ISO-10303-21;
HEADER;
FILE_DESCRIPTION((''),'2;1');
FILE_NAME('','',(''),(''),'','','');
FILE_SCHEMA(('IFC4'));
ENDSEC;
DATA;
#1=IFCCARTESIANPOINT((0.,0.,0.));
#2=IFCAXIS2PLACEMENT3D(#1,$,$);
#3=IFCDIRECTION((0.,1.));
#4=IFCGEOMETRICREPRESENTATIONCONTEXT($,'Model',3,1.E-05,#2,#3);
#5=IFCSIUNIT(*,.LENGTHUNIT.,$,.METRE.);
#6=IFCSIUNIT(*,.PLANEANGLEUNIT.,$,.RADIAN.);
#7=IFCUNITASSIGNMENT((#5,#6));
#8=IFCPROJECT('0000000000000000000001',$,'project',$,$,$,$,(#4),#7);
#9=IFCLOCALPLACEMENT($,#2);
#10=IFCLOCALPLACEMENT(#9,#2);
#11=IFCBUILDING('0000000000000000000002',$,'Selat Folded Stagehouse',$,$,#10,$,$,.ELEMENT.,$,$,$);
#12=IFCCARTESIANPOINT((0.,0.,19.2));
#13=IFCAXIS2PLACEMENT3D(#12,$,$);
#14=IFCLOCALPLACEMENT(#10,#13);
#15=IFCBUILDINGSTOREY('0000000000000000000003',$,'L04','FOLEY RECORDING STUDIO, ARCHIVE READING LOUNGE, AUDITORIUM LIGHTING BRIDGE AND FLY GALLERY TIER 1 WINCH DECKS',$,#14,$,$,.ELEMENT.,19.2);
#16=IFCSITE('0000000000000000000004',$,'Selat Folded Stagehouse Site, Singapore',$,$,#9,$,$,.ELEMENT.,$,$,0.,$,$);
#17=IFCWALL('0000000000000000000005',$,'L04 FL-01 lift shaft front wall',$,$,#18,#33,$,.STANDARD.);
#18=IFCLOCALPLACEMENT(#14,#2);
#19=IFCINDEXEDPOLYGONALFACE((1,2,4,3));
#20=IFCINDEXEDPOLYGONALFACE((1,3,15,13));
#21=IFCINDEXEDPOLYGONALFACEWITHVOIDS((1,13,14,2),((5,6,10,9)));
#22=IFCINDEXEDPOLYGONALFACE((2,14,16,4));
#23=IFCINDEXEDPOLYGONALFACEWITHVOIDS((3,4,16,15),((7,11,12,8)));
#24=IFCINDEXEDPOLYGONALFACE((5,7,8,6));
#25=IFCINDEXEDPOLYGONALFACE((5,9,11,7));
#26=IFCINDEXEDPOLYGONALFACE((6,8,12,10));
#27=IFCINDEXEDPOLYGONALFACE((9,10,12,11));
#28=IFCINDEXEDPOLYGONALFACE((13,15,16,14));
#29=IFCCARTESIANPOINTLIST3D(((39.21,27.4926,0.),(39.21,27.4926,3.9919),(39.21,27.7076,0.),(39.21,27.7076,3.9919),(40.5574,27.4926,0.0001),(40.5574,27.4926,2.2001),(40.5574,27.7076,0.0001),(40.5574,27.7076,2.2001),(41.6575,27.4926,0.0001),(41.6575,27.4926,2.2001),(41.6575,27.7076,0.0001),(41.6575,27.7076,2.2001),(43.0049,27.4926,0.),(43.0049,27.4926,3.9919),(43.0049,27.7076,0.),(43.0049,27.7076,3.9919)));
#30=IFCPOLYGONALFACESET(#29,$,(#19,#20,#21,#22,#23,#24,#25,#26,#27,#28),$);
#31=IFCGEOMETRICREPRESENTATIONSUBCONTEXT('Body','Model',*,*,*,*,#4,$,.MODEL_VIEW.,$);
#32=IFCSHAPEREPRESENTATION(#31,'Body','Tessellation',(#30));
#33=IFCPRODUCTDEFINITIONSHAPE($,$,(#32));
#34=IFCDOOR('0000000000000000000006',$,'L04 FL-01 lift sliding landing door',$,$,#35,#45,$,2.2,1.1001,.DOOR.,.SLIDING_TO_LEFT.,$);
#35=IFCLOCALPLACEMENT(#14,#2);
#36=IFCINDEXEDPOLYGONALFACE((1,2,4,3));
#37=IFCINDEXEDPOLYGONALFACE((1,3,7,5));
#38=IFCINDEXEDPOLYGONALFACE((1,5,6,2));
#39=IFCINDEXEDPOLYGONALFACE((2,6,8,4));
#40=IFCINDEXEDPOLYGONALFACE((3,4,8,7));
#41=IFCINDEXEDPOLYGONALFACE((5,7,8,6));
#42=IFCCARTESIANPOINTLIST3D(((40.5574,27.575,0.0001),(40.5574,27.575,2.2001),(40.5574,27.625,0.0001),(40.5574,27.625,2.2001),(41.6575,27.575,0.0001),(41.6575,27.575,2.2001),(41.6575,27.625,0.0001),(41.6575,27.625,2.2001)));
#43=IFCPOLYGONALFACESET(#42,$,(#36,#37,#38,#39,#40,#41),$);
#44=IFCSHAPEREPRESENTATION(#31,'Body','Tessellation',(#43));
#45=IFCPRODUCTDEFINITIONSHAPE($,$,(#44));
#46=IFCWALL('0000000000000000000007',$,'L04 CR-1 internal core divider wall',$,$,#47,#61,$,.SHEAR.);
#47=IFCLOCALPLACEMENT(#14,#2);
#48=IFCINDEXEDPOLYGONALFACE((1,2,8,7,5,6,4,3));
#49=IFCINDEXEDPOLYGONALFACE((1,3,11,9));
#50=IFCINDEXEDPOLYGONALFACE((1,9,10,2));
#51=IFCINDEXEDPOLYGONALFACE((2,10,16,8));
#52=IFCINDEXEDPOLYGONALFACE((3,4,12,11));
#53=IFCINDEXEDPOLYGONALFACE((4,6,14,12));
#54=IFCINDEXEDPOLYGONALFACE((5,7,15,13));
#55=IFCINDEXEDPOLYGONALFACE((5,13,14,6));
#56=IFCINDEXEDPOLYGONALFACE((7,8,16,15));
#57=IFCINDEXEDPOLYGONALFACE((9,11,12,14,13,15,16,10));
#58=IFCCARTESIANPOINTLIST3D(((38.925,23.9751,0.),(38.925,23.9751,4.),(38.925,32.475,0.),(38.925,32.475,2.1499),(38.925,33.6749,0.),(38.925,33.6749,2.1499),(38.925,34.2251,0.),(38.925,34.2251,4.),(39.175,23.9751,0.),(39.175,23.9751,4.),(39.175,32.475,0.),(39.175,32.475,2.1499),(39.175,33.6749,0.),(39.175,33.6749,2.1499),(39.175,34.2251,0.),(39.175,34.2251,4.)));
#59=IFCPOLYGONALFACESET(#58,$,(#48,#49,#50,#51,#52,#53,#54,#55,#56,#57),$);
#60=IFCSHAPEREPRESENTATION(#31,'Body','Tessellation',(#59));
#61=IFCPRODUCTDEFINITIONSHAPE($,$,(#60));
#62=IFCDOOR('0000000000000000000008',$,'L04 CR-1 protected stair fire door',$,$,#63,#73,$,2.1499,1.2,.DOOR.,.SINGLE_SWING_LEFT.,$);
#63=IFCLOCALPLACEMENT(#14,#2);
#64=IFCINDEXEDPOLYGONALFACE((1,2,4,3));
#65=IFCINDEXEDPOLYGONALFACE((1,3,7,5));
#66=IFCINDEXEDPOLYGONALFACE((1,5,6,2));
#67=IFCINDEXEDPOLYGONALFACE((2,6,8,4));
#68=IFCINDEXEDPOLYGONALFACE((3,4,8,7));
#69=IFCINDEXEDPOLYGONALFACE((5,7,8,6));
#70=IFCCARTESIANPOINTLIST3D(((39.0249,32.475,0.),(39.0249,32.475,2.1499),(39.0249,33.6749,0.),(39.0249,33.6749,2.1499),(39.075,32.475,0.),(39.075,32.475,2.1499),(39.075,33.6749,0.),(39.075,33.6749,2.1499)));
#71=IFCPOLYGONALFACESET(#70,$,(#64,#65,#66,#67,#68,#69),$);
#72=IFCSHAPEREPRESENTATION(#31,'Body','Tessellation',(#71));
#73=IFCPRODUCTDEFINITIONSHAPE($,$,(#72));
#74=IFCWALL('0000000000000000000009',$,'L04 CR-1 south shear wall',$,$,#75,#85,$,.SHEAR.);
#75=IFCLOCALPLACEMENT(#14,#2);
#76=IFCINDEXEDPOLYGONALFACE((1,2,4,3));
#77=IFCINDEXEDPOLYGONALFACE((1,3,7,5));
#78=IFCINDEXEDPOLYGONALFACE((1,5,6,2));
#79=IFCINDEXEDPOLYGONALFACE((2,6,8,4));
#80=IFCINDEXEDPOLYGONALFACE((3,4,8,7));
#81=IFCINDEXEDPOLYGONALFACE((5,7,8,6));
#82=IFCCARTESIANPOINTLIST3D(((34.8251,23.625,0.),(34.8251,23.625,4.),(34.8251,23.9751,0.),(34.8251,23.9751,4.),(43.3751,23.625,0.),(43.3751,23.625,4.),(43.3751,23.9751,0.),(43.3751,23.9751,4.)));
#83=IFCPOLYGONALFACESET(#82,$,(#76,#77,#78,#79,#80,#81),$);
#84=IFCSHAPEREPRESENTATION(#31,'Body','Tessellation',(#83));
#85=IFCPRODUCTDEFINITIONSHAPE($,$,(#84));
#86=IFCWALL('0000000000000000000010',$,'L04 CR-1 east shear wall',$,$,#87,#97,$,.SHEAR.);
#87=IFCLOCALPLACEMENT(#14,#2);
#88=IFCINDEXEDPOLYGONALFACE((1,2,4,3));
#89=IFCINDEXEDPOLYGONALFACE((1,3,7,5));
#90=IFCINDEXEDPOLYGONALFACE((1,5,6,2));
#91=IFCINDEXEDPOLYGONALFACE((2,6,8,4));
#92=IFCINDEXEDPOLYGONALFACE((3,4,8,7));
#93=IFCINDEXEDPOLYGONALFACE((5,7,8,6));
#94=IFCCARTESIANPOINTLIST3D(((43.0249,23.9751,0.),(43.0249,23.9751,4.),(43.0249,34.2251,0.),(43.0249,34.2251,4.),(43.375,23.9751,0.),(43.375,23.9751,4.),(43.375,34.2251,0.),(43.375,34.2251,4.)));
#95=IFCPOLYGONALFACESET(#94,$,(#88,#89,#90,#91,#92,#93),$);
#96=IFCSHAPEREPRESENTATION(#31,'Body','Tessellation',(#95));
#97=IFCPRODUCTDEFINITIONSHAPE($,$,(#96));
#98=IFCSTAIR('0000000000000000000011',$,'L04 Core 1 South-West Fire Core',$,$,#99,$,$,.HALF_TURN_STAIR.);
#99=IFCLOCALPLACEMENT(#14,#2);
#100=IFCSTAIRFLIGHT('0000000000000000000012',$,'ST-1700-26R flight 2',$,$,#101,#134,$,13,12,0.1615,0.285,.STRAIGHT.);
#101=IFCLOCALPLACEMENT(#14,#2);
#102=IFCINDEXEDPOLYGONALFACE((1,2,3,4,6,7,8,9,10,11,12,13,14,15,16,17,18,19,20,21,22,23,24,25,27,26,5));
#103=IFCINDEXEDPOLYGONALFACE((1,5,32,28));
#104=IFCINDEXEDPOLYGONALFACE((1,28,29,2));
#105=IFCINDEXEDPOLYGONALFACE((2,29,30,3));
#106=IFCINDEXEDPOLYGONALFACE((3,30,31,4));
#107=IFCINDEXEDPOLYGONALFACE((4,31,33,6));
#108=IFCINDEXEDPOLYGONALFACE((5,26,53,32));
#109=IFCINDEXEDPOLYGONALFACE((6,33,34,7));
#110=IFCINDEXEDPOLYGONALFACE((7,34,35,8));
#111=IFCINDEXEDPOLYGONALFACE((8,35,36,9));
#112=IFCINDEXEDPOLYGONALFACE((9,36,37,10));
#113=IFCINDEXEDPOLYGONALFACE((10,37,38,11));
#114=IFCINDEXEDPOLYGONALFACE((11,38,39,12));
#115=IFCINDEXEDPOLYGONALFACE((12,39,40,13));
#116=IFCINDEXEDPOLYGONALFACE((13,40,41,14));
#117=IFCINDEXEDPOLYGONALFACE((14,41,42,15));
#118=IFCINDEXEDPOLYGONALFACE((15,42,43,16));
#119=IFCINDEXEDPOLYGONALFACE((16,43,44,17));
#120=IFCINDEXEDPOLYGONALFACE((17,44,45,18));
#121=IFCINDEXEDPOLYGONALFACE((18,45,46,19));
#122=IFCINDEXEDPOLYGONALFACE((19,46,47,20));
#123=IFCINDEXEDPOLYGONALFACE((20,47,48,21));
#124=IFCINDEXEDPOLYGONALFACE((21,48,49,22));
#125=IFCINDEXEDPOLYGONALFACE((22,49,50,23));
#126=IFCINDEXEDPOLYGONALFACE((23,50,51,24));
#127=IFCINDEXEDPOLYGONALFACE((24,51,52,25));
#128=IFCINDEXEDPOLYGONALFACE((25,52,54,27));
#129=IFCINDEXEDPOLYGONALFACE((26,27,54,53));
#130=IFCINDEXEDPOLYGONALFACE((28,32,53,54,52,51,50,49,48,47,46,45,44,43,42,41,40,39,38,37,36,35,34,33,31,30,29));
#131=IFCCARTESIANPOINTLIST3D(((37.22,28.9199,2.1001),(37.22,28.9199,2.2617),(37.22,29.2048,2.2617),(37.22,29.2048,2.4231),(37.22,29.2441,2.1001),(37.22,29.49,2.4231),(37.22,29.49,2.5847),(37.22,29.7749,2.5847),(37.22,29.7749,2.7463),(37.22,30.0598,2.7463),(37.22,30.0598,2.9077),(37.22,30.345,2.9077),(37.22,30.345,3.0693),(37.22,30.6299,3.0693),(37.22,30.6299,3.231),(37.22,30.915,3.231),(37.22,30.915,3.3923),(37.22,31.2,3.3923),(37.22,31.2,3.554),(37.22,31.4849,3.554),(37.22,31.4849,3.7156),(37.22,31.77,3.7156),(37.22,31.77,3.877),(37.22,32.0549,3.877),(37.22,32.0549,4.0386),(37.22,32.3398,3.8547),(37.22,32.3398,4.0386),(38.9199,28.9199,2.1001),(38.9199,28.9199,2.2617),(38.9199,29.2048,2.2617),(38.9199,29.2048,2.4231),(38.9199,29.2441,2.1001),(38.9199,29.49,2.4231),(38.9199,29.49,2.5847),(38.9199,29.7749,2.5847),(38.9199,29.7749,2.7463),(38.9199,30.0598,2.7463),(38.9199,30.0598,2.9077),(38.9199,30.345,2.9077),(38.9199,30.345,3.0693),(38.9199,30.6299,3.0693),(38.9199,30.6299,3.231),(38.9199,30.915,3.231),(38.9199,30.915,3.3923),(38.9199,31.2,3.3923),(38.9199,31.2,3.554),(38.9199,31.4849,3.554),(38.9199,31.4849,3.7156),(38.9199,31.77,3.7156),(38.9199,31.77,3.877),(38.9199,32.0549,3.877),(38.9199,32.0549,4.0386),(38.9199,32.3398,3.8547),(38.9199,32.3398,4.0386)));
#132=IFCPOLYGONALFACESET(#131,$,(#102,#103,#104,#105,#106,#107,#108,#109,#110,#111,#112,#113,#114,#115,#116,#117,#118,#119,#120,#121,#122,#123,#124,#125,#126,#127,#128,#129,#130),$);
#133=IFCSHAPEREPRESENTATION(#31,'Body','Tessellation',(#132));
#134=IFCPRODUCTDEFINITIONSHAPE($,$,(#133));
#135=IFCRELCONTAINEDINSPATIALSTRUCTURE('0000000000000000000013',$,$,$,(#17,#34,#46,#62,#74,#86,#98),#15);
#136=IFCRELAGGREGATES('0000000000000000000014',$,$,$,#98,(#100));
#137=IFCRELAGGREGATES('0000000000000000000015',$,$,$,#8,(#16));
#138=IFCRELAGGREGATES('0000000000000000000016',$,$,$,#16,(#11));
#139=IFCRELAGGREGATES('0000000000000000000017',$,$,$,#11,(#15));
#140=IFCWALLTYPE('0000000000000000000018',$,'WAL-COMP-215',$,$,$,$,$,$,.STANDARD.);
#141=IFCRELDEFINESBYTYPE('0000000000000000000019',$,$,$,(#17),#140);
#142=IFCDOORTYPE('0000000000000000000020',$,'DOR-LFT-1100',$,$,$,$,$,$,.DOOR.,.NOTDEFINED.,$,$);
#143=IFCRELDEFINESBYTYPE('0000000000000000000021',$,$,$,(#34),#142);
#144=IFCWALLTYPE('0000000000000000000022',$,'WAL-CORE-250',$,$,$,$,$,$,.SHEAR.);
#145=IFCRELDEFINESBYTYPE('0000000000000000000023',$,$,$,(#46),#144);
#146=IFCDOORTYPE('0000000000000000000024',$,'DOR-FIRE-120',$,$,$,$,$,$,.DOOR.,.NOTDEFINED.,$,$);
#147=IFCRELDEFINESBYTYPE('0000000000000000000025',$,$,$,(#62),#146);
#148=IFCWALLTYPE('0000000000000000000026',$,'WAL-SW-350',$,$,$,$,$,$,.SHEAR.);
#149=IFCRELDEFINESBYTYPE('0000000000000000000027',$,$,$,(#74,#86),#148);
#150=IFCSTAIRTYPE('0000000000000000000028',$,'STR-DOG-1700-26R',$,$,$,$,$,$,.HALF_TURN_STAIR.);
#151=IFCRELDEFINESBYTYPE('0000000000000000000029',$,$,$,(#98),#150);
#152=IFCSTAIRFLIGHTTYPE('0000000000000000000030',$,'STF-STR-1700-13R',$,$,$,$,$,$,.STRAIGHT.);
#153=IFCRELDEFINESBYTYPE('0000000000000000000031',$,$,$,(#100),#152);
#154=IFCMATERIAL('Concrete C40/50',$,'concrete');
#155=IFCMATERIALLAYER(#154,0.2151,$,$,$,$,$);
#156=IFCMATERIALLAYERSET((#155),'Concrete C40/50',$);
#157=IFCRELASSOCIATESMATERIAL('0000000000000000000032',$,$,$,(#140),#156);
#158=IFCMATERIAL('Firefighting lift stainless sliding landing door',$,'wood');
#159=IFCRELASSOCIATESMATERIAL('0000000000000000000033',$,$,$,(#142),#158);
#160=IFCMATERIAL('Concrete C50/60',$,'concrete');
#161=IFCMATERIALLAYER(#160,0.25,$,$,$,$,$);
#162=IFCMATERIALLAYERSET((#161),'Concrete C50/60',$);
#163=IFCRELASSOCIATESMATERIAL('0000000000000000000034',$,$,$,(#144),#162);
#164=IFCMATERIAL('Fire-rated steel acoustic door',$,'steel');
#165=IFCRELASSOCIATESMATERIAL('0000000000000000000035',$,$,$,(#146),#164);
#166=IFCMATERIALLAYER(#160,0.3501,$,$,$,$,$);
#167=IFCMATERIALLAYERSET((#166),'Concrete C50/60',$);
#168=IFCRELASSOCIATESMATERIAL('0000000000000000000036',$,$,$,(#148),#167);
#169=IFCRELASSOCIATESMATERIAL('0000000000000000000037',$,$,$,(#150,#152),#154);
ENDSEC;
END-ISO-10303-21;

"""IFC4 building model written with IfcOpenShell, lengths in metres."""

from ifc_helpers import new_model, si_unit, direction, frame, frame_2d, origin, place, context, subcontext, project, spatial, polyline, rectangle, outline, extrude, material, layer, layer_set, type_object, element, fill, aggregate, save


model = new_model("IFC4")

# Units and contexts
model_context = context("Model", 3, precision=1e-05, world=origin(), true_north=direction((0.0, 1.0)))
body_context = subcontext(model_context, "Body", "Model", "MODEL_VIEW")
ifc_project = project(units=[si_unit("LENGTHUNIT", "METRE"), si_unit("PLANEANGLEUNIT", "RADIAN")], contexts=[model_context])

# Site, building, storey
site_placement = place(None, origin())
site = spatial("IfcSite", under=ifc_project, at=site_placement, Name="Selat Folded Stagehouse Site, Singapore", CompositionType="ELEMENT", RefElevation=0.0)
building_placement = place(site_placement, origin())
building = spatial("IfcBuilding", under=site, at=building_placement, Name="Selat Folded Stagehouse", CompositionType="ELEMENT")
storey_placement = place(building_placement, frame((0.0, 0.0, 19.2)))
storey = spatial("IfcBuildingStorey", under=building, at=storey_placement, Name="L04", Description="FOLEY RECORDING STUDIO, ARCHIVE READING LOUNGE, AUDITORIUM LIGHTING BRIDGE AND FLY GALLERY TIER 1 WINCH DECKS", CompositionType="ELEMENT", Elevation=19.2)

# Shared definitions
ifc_material_1 = material(Name="Concrete C40/50", Category="concrete")

# Walls, openings, doors
ifc_layer_1 = layer(ifc_material_1, 0.2151)
ifc_layer_set_1 = layer_set([ifc_layer_1], Name="Concrete C40/50")
wall_type_1 = type_object("IfcWallType", Name="WAL-COMP-215", PredefinedType="STANDARD", material=ifc_layer_set_1)
wall_1_placement = place(storey_placement, frame((39.21, 27.6001, 0.0), z_axis=(0.0, 0.0, 1.0), x_axis=(1.0, 0.0, 0.0)))
wall_1 = element("IfcWall", 1, at=wall_1_placement, inside=storey, type_object=wall_type_1, Name="L04 FL-01 lift shaft front wall", PredefinedType="STANDARD", context=body_context, shape_type="SweptSolid", body=[
    extrude(rectangle(XDim=3.7949, YDim=0.2151, at=frame_2d((1.8975, 0.0))), origin(), (0.0, 0.0, 1.0), 3.9919),
])
opening_1_placement = place(wall_1_placement, frame((1.3474, 0.0, 0.0)))
opening_1 = element("IfcOpeningElement", 2, at=opening_1_placement, cuts=wall_1, PredefinedType="OPENING", context=body_context, shape_type="SweptSolid", body=[
    extrude(rectangle(XDim=1.1001, YDim=2.2, at=frame_2d((0.55, 1.1001))), frame((0.0, 0.1174, 0.0), z_axis=(0.0, -1.0, 0.0), x_axis=(1.0, 0.0, 0.0)), (0.0, 0.0, 1.0), 0.2351),
])
ifc_material_2 = material(Name="Firefighting lift stainless sliding landing door", Category="wood")
door_type_1 = type_object("IfcDoorType", Name="DOR-LFT-1100", OperationType="NOTDEFINED", PredefinedType="DOOR", material=ifc_material_2)
door_1_placement = place(opening_1_placement, origin())
door_1 = element("IfcDoor", 3, at=door_1_placement, inside=storey, type_object=door_type_1, Name="L04 FL-01 lift sliding landing door", OperationType="SLIDING_TO_LEFT", OverallHeight=2.2, OverallWidth=1.1001, PredefinedType="DOOR", context=body_context, shape_type="SweptSolid", body=[
    extrude(rectangle(XDim=1.1001, YDim=2.2, at=frame_2d((0.55, 1.1001))), frame((0.0, 0.0249, 0.0), z_axis=(0.0, -1.0, 0.0), x_axis=(1.0, 0.0, 0.0)), (0.0, 0.0, 1.0), 0.05),
])
fill(opening_1, door_1)
ifc_material_3 = material(Name="Concrete C50/60", Category="concrete")
ifc_layer_2 = layer(ifc_material_3, 0.25)
ifc_layer_set_2 = layer_set([ifc_layer_2], Name="Concrete C50/60")
wall_type_2 = type_object("IfcWallType", Name="WAL-CORE-250", PredefinedType="SHEAR", material=ifc_layer_set_2)
wall_2_placement = place(storey_placement, frame((39.05, 34.2251, 0.0), z_axis=(0.0, 0.0, 1.0), x_axis=(0.0, -1.0, 0.0)))
wall_2 = element("IfcWall", 4, at=wall_2_placement, inside=storey, type_object=wall_type_2, Name="L04 CR-1 internal core divider wall", PredefinedType="SHEAR", context=body_context, shape_type="SweptSolid", body=[
    extrude(rectangle(XDim=10.25, YDim=0.25, at=frame_2d((5.125, 0.0))), origin(), (0.0, 0.0, 1.0), 4.0),
])
opening_2_placement = place(wall_2_placement, frame((0.55, 0.0, 0.0)))
opening_2 = element("IfcOpeningElement", 5, at=opening_2_placement, cuts=wall_2, PredefinedType="OPENING", context=body_context, shape_type="SweptSolid", body=[
    extrude(rectangle(XDim=1.2, YDim=2.1499, at=frame_2d((0.6001, 1.075))), frame((0.0, 0.135, 0.0), z_axis=(0.0, -1.0, 0.0), x_axis=(1.0, 0.0, 0.0)), (0.0, 0.0, 1.0), 0.27),
])
ifc_material_4 = material(Name="Fire-rated steel acoustic door", Category="steel")
door_type_2 = type_object("IfcDoorType", Name="DOR-FIRE-120", OperationType="NOTDEFINED", PredefinedType="DOOR", material=ifc_material_4)
door_2_placement = place(opening_2_placement, origin())
door_2 = element("IfcDoor", 6, at=door_2_placement, inside=storey, type_object=door_type_2, Name="L04 CR-1 protected stair fire door", OperationType="SINGLE_SWING_LEFT", OverallHeight=2.1499, OverallWidth=1.2, PredefinedType="DOOR", context=body_context, shape_type="SweptSolid", body=[
    extrude(rectangle(XDim=1.2, YDim=2.1499, at=frame_2d((0.6001, 1.075))), frame((0.0, 0.0249, 0.0), z_axis=(0.0, -1.0, 0.0), x_axis=(1.0, 0.0, 0.0)), (0.0, 0.0, 1.0), 0.05),
])
fill(opening_2, door_2)

# Walls
ifc_layer_3 = layer(ifc_material_3, 0.3501)
ifc_layer_set_3 = layer_set([ifc_layer_3], Name="Concrete C50/60")
wall_type_3 = type_object("IfcWallType", Name="WAL-SW-350", PredefinedType="SHEAR", material=ifc_layer_set_3)
wall_3_placement = place(storey_placement, frame((43.375, 23.8, 0.0), z_axis=(0.0, 0.0, 1.0), x_axis=(-1.0, 0.0, 0.0)))
element("IfcWall", 7, at=wall_3_placement, inside=storey, type_object=wall_type_3, Name="L04 CR-1 south shear wall", PredefinedType="SHEAR", context=body_context, shape_type="SweptSolid", body=[
    extrude(rectangle(XDim=8.55, YDim=0.3501, at=frame_2d((4.2749, 0.0))), origin(), (0.0, 0.0, 1.0), 4.0),
])
wall_4_placement = place(storey_placement, frame((43.2, 34.2251, 0.0), z_axis=(0.0, 0.0, 1.0), x_axis=(0.0, -1.0, 0.0)))
element("IfcWall", 8, at=wall_4_placement, inside=storey, type_object=wall_type_3, Name="L04 CR-1 east shear wall", PredefinedType="SHEAR", context=body_context, shape_type="SweptSolid", body=[
    extrude(rectangle(XDim=10.25, YDim=0.3501, at=frame_2d((5.125, 0.0))), origin(), (0.0, 0.0, 1.0), 4.0),
])

# Stair, stair flight
stair_type = type_object("IfcStairType", Name="STR-DOG-1700-26R", PredefinedType="HALF_TURN_STAIR", material=ifc_material_1)
stair_placement = place(storey_placement, origin())
stair = element("IfcStair", 9, at=stair_placement, inside=storey, type_object=stair_type, Name="L04 Core 1 South-West Fire Core", PredefinedType="HALF_TURN_STAIR")
stair_flight_type = type_object("IfcStairFlightType", Name="STF-STR-1700-13R", PredefinedType="STRAIGHT", material=ifc_material_1)
stair_flight_placement = place(storey_placement, frame((38.0701, 28.9199, 2.1001), z_axis=(0.0, 0.0, 1.0), x_axis=(0.0, 1.0, 0.0)))
stair_flight = element("IfcStairFlight", 10, at=stair_flight_placement, type_object=stair_flight_type, Name="ST-1700-26R flight 2", NumberOfRisers=13, NumberOfTreads=12, PredefinedType="STRAIGHT", RiserHeight=0.1615, TreadLength=0.285, context=body_context, shape_type="SweptSolid", body=[
    extrude(outline(polyline([(0.0, 0.0), (0.0, 0.1616), (0.2849, 0.1616), (0.2849, 0.323), (0.5701, 0.323), (0.5701, 0.4846), (0.855, 0.4846), (0.855, 0.6462), (1.1399, 0.6462), (1.1399, 0.8076), (1.425, 0.8076), (1.425, 0.9692), (1.71, 0.9692), (1.71, 1.1309), (1.9951, 1.1309), (1.9951, 1.2922), (2.28, 1.2922), (2.28, 1.4539), (2.5649, 1.4539), (2.5649, 1.6155), (2.8501, 1.6155), (2.8501, 1.7769), (3.135, 1.7769), (3.135, 1.9385), (3.4199, 1.9385), (3.4199, 2.1001), (3.4199, 1.7546), (0.3242, 0.0), (0.0, 0.0)])), frame((0.0, 0.8501, 0.0), z_axis=(0.0, -1.0, 0.0), x_axis=(1.0, 0.0, 0.0)), (0.0, 0.0, 1.0), 1.7),
])
aggregate(stair, [stair_flight])

save(model, "model.ifc")
